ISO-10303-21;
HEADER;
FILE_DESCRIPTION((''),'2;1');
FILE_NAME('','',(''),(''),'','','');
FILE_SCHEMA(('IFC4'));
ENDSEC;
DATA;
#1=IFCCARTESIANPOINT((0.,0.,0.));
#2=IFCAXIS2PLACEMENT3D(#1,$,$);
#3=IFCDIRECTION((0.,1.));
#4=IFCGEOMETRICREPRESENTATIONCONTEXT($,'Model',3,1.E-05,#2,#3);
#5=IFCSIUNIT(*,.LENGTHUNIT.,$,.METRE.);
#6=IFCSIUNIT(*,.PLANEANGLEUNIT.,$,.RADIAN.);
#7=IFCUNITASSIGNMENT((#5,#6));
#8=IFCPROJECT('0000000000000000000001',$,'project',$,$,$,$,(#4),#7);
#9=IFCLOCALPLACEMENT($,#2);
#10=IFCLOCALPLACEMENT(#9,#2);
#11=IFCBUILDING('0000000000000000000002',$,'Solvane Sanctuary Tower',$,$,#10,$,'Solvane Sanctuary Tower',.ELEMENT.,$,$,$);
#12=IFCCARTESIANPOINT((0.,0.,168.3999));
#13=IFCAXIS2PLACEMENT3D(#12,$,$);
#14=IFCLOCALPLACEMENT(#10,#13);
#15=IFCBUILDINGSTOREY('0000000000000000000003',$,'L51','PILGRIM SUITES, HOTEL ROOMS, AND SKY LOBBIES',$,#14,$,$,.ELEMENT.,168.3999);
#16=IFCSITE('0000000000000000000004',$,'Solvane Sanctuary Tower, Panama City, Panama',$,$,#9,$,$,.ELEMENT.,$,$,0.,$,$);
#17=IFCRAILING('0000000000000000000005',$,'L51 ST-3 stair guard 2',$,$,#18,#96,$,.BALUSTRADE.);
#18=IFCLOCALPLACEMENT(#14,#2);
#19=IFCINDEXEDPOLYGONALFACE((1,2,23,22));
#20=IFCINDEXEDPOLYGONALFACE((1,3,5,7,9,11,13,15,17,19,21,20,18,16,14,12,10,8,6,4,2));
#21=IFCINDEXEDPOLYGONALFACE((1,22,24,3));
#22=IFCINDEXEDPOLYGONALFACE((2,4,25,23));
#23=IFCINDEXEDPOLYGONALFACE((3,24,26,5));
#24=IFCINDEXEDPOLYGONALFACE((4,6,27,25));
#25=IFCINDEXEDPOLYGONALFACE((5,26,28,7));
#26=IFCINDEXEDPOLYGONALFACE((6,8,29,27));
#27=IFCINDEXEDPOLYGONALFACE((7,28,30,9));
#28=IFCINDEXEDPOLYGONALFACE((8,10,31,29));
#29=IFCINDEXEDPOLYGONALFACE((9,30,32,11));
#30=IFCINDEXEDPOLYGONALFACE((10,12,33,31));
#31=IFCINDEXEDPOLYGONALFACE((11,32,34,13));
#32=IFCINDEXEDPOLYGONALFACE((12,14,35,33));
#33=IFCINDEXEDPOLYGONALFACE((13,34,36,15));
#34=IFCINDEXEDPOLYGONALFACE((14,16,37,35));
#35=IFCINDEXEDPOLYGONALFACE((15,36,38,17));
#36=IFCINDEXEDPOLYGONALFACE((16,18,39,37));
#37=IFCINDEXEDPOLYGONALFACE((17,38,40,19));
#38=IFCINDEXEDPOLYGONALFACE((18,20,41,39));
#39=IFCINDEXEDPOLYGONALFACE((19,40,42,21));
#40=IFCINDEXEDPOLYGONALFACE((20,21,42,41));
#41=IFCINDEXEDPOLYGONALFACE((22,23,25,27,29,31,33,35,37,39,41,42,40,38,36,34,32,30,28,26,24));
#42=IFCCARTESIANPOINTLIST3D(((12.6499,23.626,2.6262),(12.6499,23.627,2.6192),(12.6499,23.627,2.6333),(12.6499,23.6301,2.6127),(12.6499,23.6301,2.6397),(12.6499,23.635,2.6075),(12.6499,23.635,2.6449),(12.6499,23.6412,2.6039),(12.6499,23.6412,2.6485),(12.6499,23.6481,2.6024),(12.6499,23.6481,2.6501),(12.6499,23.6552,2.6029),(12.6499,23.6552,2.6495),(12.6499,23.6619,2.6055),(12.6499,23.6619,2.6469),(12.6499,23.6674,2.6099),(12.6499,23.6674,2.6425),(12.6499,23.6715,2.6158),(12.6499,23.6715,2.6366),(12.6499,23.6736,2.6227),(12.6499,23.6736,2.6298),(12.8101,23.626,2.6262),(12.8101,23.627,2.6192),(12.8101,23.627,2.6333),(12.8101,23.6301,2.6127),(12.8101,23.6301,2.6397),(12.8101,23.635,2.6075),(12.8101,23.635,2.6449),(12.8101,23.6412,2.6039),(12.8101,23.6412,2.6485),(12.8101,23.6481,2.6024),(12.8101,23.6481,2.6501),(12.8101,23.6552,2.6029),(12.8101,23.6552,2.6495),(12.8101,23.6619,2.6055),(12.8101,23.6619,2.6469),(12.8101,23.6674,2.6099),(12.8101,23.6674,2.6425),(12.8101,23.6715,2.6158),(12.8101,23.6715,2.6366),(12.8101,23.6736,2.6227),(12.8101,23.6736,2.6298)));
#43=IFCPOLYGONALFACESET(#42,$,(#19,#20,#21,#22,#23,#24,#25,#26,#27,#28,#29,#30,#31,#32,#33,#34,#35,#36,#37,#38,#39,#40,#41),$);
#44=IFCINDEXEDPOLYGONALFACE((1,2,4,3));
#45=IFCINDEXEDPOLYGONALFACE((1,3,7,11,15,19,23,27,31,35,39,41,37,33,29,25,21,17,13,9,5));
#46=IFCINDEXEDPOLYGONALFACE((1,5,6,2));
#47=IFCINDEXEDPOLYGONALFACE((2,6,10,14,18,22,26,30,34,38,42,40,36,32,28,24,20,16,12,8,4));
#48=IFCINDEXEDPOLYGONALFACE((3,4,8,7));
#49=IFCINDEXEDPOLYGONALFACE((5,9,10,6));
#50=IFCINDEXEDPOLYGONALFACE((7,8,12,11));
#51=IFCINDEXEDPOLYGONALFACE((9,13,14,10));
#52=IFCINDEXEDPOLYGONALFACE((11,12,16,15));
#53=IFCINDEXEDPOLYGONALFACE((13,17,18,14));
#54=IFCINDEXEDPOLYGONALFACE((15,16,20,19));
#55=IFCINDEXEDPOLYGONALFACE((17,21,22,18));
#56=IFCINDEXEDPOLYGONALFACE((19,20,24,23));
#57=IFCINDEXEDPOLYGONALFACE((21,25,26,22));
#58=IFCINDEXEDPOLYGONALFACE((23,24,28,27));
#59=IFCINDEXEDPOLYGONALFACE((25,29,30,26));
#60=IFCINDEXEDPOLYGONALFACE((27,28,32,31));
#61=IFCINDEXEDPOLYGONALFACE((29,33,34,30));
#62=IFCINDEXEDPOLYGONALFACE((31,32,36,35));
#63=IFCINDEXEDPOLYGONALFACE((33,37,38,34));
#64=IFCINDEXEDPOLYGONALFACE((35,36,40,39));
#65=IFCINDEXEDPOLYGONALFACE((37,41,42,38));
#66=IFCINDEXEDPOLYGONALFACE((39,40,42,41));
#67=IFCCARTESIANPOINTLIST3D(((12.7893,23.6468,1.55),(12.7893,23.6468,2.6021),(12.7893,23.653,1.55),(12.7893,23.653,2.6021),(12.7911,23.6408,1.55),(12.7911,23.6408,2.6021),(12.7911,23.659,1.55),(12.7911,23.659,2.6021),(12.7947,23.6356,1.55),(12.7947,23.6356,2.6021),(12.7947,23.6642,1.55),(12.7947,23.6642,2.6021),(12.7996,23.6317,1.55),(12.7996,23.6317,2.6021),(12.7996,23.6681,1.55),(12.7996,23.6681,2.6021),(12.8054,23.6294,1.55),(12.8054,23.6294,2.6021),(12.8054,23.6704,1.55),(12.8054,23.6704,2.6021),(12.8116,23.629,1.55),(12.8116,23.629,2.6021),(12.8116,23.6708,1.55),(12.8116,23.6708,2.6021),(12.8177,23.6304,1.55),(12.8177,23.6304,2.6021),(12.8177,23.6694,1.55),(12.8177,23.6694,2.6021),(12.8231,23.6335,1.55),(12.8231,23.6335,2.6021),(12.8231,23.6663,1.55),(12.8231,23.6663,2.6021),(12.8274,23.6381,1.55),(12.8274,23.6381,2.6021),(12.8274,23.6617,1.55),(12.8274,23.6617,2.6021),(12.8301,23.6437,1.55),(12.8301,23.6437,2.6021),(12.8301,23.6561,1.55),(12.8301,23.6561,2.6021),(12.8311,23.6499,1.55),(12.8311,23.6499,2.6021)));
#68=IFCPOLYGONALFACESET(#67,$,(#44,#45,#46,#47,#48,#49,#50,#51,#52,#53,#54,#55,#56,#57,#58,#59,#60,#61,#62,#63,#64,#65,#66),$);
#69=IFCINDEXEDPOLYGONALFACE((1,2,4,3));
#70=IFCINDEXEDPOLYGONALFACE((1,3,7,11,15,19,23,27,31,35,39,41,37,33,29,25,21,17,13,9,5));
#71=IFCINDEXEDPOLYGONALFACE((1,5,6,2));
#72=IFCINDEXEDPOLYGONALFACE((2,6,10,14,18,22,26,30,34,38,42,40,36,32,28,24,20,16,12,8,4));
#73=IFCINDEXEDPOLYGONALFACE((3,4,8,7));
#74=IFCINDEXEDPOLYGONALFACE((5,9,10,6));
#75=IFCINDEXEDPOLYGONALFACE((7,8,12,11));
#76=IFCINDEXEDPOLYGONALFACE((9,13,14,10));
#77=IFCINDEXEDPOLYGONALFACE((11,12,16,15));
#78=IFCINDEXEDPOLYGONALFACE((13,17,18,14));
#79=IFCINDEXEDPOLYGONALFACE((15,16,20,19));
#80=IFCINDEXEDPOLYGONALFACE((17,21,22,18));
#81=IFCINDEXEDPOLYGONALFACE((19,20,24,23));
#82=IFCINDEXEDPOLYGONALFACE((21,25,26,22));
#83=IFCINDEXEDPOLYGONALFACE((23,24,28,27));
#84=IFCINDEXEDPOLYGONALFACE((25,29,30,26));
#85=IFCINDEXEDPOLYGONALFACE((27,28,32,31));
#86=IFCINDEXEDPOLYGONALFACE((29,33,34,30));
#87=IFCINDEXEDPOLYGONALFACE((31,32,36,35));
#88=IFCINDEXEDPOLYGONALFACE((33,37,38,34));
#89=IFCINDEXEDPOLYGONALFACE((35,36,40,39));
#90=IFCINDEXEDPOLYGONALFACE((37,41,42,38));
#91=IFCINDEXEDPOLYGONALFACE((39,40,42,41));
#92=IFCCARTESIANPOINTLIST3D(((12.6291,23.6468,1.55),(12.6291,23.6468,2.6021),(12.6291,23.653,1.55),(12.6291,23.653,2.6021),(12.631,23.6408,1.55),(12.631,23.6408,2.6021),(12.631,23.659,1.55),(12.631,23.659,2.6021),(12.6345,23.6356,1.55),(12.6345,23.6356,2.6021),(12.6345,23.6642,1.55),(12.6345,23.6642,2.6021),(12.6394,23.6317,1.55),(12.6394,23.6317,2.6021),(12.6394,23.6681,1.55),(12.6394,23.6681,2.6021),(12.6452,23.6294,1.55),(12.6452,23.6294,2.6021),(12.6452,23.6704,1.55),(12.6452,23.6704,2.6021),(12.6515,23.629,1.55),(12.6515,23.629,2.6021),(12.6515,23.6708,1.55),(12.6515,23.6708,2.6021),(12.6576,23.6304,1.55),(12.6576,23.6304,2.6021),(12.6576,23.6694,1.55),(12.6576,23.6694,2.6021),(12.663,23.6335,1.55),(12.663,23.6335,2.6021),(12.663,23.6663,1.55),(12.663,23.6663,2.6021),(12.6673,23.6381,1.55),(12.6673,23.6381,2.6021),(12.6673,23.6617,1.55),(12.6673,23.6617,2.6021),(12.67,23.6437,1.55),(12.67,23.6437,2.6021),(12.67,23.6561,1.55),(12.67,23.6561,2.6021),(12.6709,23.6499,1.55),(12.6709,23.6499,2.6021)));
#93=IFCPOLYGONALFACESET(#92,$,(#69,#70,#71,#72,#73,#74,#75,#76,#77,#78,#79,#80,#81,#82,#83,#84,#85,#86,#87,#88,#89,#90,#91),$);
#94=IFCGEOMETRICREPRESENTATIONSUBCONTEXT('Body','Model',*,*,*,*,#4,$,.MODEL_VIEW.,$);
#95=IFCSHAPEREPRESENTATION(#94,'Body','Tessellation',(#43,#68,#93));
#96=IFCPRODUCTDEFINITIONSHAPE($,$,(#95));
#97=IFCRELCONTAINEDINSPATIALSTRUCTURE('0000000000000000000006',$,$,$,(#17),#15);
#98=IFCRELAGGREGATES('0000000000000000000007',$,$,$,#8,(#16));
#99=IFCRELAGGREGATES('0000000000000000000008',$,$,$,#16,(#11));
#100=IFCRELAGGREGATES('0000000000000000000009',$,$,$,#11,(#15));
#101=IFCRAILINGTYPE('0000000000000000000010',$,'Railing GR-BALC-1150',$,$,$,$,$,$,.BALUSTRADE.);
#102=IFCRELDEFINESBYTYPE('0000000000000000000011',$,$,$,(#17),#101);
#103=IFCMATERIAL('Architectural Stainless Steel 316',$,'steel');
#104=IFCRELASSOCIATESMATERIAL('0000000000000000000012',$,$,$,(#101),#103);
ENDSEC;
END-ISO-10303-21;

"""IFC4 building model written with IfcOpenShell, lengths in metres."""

from ifc_helpers import new_model, si_unit, direction, frame, origin, origin_2d, place, context, subcontext, project, spatial, circle, extrude, material, type_object, element, save


model = new_model("IFC4")

# Units and contexts
model_context = context("Model", 3, precision=1e-05, world=origin(), true_north=direction((0.0, 1.0)))
body_context = subcontext(model_context, "Body", "Model", "MODEL_VIEW")
ifc_project = project(units=[si_unit("LENGTHUNIT", "METRE"), si_unit("PLANEANGLEUNIT", "RADIAN")], contexts=[model_context])

# Site, building, storey
site_placement = place(None, origin())
site = spatial("IfcSite", under=ifc_project, at=site_placement, Name="Solvane Sanctuary Tower, Panama City, Panama", CompositionType="ELEMENT", RefElevation=0.0)
building_placement = place(site_placement, origin())
building = spatial("IfcBuilding", under=site, at=building_placement, Name="Solvane Sanctuary Tower", LongName="Solvane Sanctuary Tower", CompositionType="ELEMENT")
storey_placement = place(building_placement, frame((0.0, 0.0, 168.3999)))
storey = spatial("IfcBuildingStorey", under=building, at=storey_placement, Name="L51", Description="PILGRIM SUITES, HOTEL ROOMS, AND SKY LOBBIES", CompositionType="ELEMENT", Elevation=168.3999)

# Shared definitions
ifc_material_1 = material(Name="Architectural Stainless Steel 316", Category="steel")

# Railing
railing_type_1 = type_object("IfcRailingType", Name="Railing GR-BALC-1150", PredefinedType="BALUSTRADE", material=ifc_material_1)
railing_1_placement = place(storey_placement, frame((12.8101, 23.6499, 1.55)))
element("IfcRailing", 1, at=railing_1_placement, inside=storey, type_object=railing_type_1, Name="L51 ST-3 stair guard 2", PredefinedType="BALUSTRADE", context=body_context, shape_type="SweptSolid", body=[
    extrude(circle(Radius=0.0239, at=origin_2d()), frame((0.0, 0.0, 1.0762), z_axis=(-1.0, 0.0, 0.0), x_axis=(0.0, -1.0, 0.0)), (0.0, 0.0, 1.0), 0.1602),
    extrude(circle(Radius=0.021, at=origin_2d()), origin(), (0.0, 0.0, 1.0), 1.052),
    extrude(circle(Radius=0.021, at=origin_2d()), frame((-0.1602, 0.0, 0.0)), (0.0, 0.0, 1.0), 1.052),
])

save(model, "model.ifc")
